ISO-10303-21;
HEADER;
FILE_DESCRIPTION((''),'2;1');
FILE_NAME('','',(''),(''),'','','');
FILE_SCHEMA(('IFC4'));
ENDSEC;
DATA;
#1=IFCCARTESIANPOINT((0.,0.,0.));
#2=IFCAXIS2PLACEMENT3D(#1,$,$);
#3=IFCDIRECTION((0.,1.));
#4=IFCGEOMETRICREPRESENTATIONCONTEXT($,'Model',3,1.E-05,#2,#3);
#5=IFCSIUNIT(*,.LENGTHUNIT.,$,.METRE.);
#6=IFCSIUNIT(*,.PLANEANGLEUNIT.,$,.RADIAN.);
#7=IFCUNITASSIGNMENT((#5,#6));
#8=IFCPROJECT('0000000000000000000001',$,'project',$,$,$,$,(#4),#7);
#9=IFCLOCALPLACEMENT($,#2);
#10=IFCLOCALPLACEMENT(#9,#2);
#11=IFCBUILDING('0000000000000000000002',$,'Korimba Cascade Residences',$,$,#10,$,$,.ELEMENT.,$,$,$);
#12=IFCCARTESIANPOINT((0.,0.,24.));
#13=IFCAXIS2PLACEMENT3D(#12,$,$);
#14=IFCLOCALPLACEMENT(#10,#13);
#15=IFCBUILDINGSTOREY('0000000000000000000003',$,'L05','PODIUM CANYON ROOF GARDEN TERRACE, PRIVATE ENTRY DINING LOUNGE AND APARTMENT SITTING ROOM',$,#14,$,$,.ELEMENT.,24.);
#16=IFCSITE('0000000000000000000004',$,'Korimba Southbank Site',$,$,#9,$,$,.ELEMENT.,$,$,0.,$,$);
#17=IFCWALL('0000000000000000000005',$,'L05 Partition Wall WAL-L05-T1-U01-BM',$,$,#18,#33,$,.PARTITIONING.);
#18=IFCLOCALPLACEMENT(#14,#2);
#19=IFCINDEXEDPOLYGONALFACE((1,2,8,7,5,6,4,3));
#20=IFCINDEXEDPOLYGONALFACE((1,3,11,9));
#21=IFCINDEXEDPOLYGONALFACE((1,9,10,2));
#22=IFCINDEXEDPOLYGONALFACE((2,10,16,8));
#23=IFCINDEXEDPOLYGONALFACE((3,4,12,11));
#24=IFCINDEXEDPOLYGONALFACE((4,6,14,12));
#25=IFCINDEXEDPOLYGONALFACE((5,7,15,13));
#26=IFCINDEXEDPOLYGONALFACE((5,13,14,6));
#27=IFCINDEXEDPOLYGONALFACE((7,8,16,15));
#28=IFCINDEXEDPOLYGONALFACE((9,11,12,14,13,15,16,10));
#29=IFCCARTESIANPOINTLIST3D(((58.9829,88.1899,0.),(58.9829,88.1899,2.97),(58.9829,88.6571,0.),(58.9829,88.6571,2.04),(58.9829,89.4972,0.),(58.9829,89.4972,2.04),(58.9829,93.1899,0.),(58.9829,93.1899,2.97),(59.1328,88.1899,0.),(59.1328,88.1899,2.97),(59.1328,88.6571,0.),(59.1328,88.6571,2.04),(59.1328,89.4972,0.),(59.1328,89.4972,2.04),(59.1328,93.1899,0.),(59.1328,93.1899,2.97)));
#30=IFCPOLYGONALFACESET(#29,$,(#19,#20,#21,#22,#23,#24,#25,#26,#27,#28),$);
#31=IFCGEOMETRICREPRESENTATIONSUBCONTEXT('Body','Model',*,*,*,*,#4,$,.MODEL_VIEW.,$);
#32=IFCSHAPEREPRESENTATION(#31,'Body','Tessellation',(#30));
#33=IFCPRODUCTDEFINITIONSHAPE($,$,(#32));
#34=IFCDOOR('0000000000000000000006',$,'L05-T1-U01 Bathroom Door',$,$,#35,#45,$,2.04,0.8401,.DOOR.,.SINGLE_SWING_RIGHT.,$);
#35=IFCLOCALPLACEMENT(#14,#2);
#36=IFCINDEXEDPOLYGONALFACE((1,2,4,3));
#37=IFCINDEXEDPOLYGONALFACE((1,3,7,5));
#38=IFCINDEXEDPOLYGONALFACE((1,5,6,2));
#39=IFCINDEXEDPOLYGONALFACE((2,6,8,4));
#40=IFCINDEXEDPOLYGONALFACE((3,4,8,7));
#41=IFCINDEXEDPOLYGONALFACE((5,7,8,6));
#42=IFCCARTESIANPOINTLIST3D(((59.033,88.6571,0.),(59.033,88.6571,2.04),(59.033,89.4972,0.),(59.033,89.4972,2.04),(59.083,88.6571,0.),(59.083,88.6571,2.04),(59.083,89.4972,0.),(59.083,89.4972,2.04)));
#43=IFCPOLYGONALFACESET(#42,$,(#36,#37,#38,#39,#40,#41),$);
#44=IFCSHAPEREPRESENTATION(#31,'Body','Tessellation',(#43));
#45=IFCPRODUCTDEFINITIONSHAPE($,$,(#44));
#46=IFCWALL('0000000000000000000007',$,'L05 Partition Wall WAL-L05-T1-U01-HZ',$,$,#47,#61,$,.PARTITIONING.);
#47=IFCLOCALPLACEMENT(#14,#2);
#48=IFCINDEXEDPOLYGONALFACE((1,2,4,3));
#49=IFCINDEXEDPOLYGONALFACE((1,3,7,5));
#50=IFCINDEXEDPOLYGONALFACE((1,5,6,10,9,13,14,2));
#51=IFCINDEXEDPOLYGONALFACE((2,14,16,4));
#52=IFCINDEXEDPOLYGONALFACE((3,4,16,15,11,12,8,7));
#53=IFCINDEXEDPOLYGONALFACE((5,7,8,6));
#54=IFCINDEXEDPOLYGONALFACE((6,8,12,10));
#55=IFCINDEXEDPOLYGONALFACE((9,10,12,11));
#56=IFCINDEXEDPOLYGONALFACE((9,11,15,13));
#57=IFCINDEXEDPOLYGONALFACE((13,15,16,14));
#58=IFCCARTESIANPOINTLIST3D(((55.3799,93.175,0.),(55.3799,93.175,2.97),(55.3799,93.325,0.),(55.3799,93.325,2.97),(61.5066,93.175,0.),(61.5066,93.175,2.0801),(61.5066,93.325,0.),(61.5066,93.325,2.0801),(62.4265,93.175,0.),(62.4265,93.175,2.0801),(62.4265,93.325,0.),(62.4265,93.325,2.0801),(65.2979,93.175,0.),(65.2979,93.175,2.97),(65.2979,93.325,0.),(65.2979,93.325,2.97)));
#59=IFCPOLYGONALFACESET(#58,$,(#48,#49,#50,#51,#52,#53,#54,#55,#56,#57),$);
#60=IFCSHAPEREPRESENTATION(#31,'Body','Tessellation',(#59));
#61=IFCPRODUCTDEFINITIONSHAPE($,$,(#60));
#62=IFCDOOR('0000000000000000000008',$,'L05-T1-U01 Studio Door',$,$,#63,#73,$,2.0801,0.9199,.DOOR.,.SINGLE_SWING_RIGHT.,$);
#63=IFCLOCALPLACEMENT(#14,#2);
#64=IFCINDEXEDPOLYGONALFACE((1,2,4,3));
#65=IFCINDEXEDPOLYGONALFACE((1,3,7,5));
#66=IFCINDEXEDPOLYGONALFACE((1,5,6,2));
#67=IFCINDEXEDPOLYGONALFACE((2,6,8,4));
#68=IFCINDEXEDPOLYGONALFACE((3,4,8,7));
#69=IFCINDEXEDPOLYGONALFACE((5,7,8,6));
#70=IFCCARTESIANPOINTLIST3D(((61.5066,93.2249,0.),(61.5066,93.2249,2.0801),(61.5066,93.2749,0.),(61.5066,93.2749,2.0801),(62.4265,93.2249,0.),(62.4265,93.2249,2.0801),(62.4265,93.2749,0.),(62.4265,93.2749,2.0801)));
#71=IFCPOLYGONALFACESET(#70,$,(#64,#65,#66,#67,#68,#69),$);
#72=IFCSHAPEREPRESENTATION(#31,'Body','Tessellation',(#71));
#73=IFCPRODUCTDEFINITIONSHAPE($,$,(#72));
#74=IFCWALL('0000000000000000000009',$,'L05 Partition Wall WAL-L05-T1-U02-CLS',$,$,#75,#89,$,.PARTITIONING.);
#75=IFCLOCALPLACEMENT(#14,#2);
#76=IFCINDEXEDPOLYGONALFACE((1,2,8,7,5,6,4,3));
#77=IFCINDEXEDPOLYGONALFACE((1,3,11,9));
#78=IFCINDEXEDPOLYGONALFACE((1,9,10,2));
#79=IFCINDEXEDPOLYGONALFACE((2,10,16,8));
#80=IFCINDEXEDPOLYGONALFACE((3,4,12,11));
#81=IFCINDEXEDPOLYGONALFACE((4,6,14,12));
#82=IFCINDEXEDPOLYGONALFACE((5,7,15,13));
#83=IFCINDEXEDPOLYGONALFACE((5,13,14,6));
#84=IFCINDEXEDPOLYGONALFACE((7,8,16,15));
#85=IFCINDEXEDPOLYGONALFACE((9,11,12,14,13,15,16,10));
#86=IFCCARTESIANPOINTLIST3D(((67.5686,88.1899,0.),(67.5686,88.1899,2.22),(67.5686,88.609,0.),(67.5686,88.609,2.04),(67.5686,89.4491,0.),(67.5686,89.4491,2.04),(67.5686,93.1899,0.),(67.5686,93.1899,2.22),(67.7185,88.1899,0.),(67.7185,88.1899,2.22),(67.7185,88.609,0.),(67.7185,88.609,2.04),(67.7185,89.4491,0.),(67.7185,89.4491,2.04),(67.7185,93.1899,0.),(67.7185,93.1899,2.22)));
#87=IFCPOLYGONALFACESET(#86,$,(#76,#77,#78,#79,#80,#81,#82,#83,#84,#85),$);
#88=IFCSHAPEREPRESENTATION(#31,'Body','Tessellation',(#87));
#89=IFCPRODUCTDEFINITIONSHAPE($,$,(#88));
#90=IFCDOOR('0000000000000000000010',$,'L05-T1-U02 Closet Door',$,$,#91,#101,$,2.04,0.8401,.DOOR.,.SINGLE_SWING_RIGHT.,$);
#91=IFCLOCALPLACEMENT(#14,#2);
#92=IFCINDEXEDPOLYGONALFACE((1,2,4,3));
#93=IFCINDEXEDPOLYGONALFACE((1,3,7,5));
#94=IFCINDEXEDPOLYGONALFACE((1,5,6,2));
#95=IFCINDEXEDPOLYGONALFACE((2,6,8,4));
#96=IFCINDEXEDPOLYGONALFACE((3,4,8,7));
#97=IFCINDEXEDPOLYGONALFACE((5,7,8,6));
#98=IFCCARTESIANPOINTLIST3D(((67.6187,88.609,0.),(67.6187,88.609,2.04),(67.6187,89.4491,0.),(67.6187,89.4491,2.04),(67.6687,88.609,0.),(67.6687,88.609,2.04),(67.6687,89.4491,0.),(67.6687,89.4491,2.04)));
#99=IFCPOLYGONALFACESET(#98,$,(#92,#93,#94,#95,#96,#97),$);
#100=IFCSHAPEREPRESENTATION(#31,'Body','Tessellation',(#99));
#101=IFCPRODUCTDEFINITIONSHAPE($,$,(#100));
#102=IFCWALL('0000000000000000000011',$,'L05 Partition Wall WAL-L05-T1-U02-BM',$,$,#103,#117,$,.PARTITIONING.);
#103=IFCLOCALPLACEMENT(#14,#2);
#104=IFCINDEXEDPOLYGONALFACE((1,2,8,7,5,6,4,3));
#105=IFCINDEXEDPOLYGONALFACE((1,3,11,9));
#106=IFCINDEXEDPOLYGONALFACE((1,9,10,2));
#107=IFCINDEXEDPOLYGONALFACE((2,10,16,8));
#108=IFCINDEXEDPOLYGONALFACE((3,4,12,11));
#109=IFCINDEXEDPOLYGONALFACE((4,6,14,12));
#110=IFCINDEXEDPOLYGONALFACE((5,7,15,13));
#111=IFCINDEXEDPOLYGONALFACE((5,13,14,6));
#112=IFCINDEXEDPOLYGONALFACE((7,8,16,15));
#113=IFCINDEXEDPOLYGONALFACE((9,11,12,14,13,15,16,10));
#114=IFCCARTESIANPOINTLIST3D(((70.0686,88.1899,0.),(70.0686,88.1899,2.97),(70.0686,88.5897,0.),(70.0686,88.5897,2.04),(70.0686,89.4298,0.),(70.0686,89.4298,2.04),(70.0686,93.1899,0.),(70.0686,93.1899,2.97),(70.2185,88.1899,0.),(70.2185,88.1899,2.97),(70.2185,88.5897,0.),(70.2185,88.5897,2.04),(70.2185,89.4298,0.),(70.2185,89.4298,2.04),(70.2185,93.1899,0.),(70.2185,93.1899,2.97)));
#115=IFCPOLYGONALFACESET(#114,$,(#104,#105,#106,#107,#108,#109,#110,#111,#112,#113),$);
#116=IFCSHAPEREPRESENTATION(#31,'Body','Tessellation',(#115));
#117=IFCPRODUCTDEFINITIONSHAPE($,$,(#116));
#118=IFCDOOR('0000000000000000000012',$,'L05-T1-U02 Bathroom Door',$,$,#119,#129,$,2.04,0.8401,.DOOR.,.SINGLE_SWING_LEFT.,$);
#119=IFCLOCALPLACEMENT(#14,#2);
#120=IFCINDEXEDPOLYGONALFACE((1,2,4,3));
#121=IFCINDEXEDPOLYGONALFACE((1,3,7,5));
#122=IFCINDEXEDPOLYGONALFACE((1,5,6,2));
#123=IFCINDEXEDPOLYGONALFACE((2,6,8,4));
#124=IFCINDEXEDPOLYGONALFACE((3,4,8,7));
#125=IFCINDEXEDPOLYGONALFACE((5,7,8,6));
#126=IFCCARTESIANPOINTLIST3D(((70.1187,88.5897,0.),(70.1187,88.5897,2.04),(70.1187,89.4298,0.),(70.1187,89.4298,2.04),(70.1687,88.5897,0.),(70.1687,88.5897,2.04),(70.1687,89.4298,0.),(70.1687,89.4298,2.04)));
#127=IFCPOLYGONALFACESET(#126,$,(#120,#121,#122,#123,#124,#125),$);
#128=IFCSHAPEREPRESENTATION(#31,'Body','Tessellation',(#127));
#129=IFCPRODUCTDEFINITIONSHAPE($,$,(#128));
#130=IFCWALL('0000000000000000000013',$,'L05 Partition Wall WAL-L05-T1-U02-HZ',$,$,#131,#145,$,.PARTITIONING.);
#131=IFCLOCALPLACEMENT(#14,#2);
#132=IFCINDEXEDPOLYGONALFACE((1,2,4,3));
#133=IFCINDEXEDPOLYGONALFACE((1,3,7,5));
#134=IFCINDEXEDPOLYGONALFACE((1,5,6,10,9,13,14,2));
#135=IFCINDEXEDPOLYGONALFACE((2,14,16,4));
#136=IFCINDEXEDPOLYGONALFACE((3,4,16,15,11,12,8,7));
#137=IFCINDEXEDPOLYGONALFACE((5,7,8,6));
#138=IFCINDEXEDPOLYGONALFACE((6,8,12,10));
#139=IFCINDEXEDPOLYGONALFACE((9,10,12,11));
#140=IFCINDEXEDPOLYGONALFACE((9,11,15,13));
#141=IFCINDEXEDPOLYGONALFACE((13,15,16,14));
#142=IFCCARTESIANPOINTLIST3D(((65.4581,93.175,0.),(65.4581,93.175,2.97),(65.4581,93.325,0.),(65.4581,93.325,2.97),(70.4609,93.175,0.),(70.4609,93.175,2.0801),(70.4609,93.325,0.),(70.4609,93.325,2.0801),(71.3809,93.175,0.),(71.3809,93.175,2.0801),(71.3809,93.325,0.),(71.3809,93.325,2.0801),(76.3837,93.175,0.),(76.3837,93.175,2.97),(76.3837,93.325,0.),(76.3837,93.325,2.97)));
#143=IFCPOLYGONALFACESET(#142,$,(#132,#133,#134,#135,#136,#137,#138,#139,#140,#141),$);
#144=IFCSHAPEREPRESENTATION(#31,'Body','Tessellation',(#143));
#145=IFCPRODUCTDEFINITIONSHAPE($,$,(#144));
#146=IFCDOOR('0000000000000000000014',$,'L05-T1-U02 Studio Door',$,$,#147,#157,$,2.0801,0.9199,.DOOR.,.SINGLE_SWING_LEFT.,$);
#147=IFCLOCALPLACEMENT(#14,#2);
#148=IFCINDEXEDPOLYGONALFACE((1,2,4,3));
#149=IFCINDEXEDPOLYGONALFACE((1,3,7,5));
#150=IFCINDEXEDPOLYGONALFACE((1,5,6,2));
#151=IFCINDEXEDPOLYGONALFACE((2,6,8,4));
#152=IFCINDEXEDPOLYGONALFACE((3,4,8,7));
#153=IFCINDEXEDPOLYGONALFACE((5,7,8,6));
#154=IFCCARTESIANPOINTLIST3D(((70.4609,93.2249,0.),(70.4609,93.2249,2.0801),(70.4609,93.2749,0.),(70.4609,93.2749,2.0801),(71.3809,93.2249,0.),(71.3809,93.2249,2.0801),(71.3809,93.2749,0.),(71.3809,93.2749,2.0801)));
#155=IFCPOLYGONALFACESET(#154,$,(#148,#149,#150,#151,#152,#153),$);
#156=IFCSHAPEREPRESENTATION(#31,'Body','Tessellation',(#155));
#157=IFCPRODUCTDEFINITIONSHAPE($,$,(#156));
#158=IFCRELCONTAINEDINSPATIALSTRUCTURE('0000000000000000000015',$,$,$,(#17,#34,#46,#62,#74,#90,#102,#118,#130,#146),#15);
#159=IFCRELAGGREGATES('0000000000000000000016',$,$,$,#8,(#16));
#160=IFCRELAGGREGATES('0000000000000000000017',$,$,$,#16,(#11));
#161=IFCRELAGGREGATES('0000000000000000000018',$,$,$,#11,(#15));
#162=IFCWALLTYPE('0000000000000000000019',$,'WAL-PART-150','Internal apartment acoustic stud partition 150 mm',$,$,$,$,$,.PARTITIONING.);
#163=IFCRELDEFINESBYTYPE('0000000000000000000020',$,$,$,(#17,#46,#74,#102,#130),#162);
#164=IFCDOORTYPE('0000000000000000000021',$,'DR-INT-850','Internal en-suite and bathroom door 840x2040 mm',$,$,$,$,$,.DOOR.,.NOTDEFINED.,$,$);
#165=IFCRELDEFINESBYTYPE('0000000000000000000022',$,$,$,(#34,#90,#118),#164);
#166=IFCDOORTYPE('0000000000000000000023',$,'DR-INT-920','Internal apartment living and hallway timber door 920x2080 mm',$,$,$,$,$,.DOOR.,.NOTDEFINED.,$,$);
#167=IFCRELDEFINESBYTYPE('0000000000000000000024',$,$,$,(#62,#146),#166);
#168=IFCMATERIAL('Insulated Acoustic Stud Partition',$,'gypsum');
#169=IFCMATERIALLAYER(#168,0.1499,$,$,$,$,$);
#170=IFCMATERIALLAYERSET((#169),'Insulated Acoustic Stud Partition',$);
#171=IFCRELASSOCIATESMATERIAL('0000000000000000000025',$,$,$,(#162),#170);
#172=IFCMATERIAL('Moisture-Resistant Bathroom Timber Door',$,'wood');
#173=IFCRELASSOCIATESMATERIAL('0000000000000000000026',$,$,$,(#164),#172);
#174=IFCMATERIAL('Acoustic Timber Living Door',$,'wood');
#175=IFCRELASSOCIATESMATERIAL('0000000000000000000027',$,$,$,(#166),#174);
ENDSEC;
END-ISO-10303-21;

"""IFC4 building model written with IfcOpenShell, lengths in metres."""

from ifc_helpers import new_model, si_unit, direction, frame, frame_2d, origin, place, context, subcontext, project, spatial, rectangle, extrude, material, layer, layer_set, type_object, element, fill, save


model = new_model("IFC4")

# Units and contexts
model_context = context("Model", 3, precision=1e-05, world=origin(), true_north=direction((0.0, 1.0)))
body_context = subcontext(model_context, "Body", "Model", "MODEL_VIEW")
ifc_project = project(units=[si_unit("LENGTHUNIT", "METRE"), si_unit("PLANEANGLEUNIT", "RADIAN")], contexts=[model_context])

# Site, building, storey
site_placement = place(None, origin())
site = spatial("IfcSite", under=ifc_project, at=site_placement, Name="Korimba Southbank Site", CompositionType="ELEMENT", RefElevation=0.0)
building_placement = place(site_placement, origin())
building = spatial("IfcBuilding", under=site, at=building_placement, Name="Korimba Cascade Residences", CompositionType="ELEMENT")
storey_placement = place(building_placement, frame((0.0, 0.0, 24.0)))
storey = spatial("IfcBuildingStorey", under=building, at=storey_placement, Name="L05", Description="PODIUM CANYON ROOF GARDEN TERRACE, PRIVATE ENTRY DINING LOUNGE AND APARTMENT SITTING ROOM", CompositionType="ELEMENT", Elevation=24.0)

# Walls, openings, doors
ifc_material_1 = material(Name="Insulated Acoustic Stud Partition", Category="gypsum")
ifc_layer_1 = layer(ifc_material_1, 0.1499)
ifc_layer_set_1 = layer_set([ifc_layer_1], Name="Insulated Acoustic Stud Partition")
wall_type_1 = type_object("IfcWallType", Name="WAL-PART-150", Description="Internal apartment acoustic stud partition 150 mm", PredefinedType="PARTITIONING", material=ifc_layer_set_1)
wall_1_placement = place(storey_placement, frame((59.0579, 88.1899, 0.0), z_axis=(0.0, 0.0, 1.0), x_axis=(0.0, 1.0, 0.0)))
wall_1 = element("IfcWall", 1, at=wall_1_placement, inside=storey, type_object=wall_type_1, Name="L05 Partition Wall WAL-L05-T1-U01-BM", PredefinedType="PARTITIONING", context=body_context, shape_type="SweptSolid", body=[
    extrude(rectangle(XDim=5.0, YDim=0.1499, at=frame_2d((2.5, 0.0))), origin(), (0.0, 0.0, 1.0), 2.97),
])
opening_1_placement = place(wall_1_placement, frame((0.4673, 0.0, 0.0)))
opening_1 = element("IfcOpeningElement", 2, at=opening_1_placement, cuts=wall_1, PredefinedType="OPENING", context=body_context, shape_type="SweptSolid", body=[
    extrude(rectangle(XDim=0.8401, YDim=2.04, at=frame_2d((0.4199, 1.02))), frame((0.0, 0.085, 0.0), z_axis=(0.0, -1.0, 0.0), x_axis=(1.0, 0.0, 0.0)), (0.0, 0.0, 1.0), 0.1699),
])
ifc_material_2 = material(Name="Moisture-Resistant Bathroom Timber Door", Category="wood")
door_type_1 = type_object("IfcDoorType", Name="DR-INT-850", Description="Internal en-suite and bathroom door 840x2040 mm", OperationType="NOTDEFINED", PredefinedType="DOOR", material=ifc_material_2)
door_1_placement = place(opening_1_placement, origin())
door_1 = element("IfcDoor", 3, at=door_1_placement, inside=storey, type_object=door_type_1, Name="L05-T1-U01 Bathroom Door", OperationType="SINGLE_SWING_RIGHT", OverallHeight=2.04, OverallWidth=0.8401, PredefinedType="DOOR", context=body_context, shape_type="SweptSolid", body=[
    extrude(rectangle(XDim=0.8401, YDim=2.04, at=frame_2d((0.4199, 1.02))), frame((0.0, 0.0249, 0.0), z_axis=(0.0, -1.0, 0.0), x_axis=(1.0, 0.0, 0.0)), (0.0, 0.0, 1.0), 0.05),
])
fill(opening_1, door_1)
wall_2_placement = place(storey_placement, frame((55.3799, 93.25, 0.0), z_axis=(0.0, 0.0, 1.0), x_axis=(1.0, 0.0, 0.0)))
wall_2 = element("IfcWall", 4, at=wall_2_placement, inside=storey, type_object=wall_type_1, Name="L05 Partition Wall WAL-L05-T1-U01-HZ", PredefinedType="PARTITIONING", context=body_context, shape_type="SweptSolid", body=[
    extrude(rectangle(XDim=9.918, YDim=0.1499, at=frame_2d((4.959, 0.0))), origin(), (0.0, 0.0, 1.0), 2.97),
])
opening_2_placement = place(wall_2_placement, frame((6.1267, 0.0, 0.0)))
opening_2 = element("IfcOpeningElement", 5, at=opening_2_placement, cuts=wall_2, PredefinedType="OPENING", context=body_context, shape_type="SweptSolid", body=[
    extrude(rectangle(XDim=0.9199, YDim=2.0801, at=frame_2d((0.46, 1.04))), frame((0.0, 0.085, 0.0), z_axis=(0.0, -1.0, 0.0), x_axis=(1.0, 0.0, 0.0)), (0.0, 0.0, 1.0), 0.1699),
])
ifc_material_3 = material(Name="Acoustic Timber Living Door", Category="wood")
door_type_2 = type_object("IfcDoorType", Name="DR-INT-920", Description="Internal apartment living and hallway timber door 920x2080 mm", OperationType="NOTDEFINED", PredefinedType="DOOR", material=ifc_material_3)
door_2_placement = place(opening_2_placement, origin())
door_2 = element("IfcDoor", 6, at=door_2_placement, inside=storey, type_object=door_type_2, Name="L05-T1-U01 Studio Door", OperationType="SINGLE_SWING_RIGHT", OverallHeight=2.0801, OverallWidth=0.9199, PredefinedType="DOOR", context=body_context, shape_type="SweptSolid", body=[
    extrude(rectangle(XDim=0.9199, YDim=2.0801, at=frame_2d((0.46, 1.04))), frame((0.0, 0.0249, 0.0), z_axis=(0.0, -1.0, 0.0), x_axis=(1.0, 0.0, 0.0)), (0.0, 0.0, 1.0), 0.05),
])
fill(opening_2, door_2)
wall_3_placement = place(storey_placement, frame((67.6436, 88.1899, 0.0), z_axis=(0.0, 0.0, 1.0), x_axis=(0.0, 1.0, 0.0)))
wall_3 = element("IfcWall", 7, at=wall_3_placement, inside=storey, type_object=wall_type_1, Name="L05 Partition Wall WAL-L05-T1-U02-CLS", PredefinedType="PARTITIONING", context=body_context, shape_type="SweptSolid", body=[
    extrude(rectangle(XDim=5.0, YDim=0.1499, at=frame_2d((2.5, 0.0))), origin(), (0.0, 0.0, 1.0), 2.22),
])
opening_3_placement = place(wall_3_placement, frame((0.4192, 0.0, 0.0)))
opening_3 = element("IfcOpeningElement", 8, at=opening_3_placement, cuts=wall_3, PredefinedType="OPENING", context=body_context, shape_type="SweptSolid", body=[
    extrude(rectangle(XDim=0.8401, YDim=2.04, at=frame_2d((0.4199, 1.02))), frame((0.0, 0.085, 0.0), z_axis=(0.0, -1.0, 0.0), x_axis=(1.0, 0.0, 0.0)), (0.0, 0.0, 1.0), 0.1699),
])
door_3_placement = place(opening_3_placement, origin())
door_3 = element("IfcDoor", 9, at=door_3_placement, inside=storey, type_object=door_type_1, Name="L05-T1-U02 Closet Door", OperationType="SINGLE_SWING_RIGHT", OverallHeight=2.04, OverallWidth=0.8401, PredefinedType="DOOR", context=body_context, shape_type="SweptSolid", body=[
    extrude(rectangle(XDim=0.8401, YDim=2.04, at=frame_2d((0.4199, 1.02))), frame((0.0, 0.0249, 0.0), z_axis=(0.0, -1.0, 0.0), x_axis=(1.0, 0.0, 0.0)), (0.0, 0.0, 1.0), 0.05),
])
fill(opening_3, door_3)
wall_4_placement = place(storey_placement, frame((70.1436, 88.1899, 0.0), z_axis=(0.0, 0.0, 1.0), x_axis=(0.0, 1.0, 0.0)))
wall_4 = element("IfcWall", 10, at=wall_4_placement, inside=storey, type_object=wall_type_1, Name="L05 Partition Wall WAL-L05-T1-U02-BM", PredefinedType="PARTITIONING", context=body_context, shape_type="SweptSolid", body=[
    extrude(rectangle(XDim=5.0, YDim=0.1499, at=frame_2d((2.5, 0.0))), origin(), (0.0, 0.0, 1.0), 2.97),
])
opening_4_placement = place(wall_4_placement, frame((0.3999, 0.0, 0.0)))
opening_4 = element("IfcOpeningElement", 11, at=opening_4_placement, cuts=wall_4, PredefinedType="OPENING", context=body_context, shape_type="SweptSolid", body=[
    extrude(rectangle(XDim=0.8401, YDim=2.04, at=frame_2d((0.4199, 1.02))), frame((0.0, 0.085, 0.0), z_axis=(0.0, -1.0, 0.0), x_axis=(1.0, 0.0, 0.0)), (0.0, 0.0, 1.0), 0.1699),
])
door_4_placement = place(opening_4_placement, origin())
door_4 = element("IfcDoor", 12, at=door_4_placement, inside=storey, type_object=door_type_1, Name="L05-T1-U02 Bathroom Door", OperationType="SINGLE_SWING_LEFT", OverallHeight=2.04, OverallWidth=0.8401, PredefinedType="DOOR", context=body_context, shape_type="SweptSolid", body=[
    extrude(rectangle(XDim=0.8401, YDim=2.04, at=frame_2d((0.4199, 1.02))), frame((0.0, 0.0249, 0.0), z_axis=(0.0, -1.0, 0.0), x_axis=(1.0, 0.0, 0.0)), (0.0, 0.0, 1.0), 0.05),
])
fill(opening_4, door_4)
wall_5_placement = place(storey_placement, frame((65.458, 93.25, 0.0), z_axis=(0.0, 0.0, 1.0), x_axis=(1.0, 0.0, 0.0)))
wall_5 = element("IfcWall", 13, at=wall_5_placement, inside=storey, type_object=wall_type_1, Name="L05 Partition Wall WAL-L05-T1-U02-HZ", PredefinedType="PARTITIONING", context=body_context, shape_type="SweptSolid", body=[
    extrude(rectangle(XDim=10.9255, YDim=0.1499, at=frame_2d((5.4629, 0.0))), origin(), (0.0, 0.0, 1.0), 2.97),
])
opening_5_placement = place(wall_5_placement, frame((5.0029, 0.0, 0.0)))
opening_5 = element("IfcOpeningElement", 14, at=opening_5_placement, cuts=wall_5, PredefinedType="OPENING", context=body_context, shape_type="SweptSolid", body=[
    extrude(rectangle(XDim=0.9199, YDim=2.0801, at=frame_2d((0.46, 1.04))), frame((0.0, 0.085, 0.0), z_axis=(0.0, -1.0, 0.0), x_axis=(1.0, 0.0, 0.0)), (0.0, 0.0, 1.0), 0.1699),
])
door_5_placement = place(opening_5_placement, origin())
door_5 = element("IfcDoor", 15, at=door_5_placement, inside=storey, type_object=door_type_2, Name="L05-T1-U02 Studio Door", OperationType="SINGLE_SWING_LEFT", OverallHeight=2.0801, OverallWidth=0.9199, PredefinedType="DOOR", context=body_context, shape_type="SweptSolid", body=[
    extrude(rectangle(XDim=0.9199, YDim=2.0801, at=frame_2d((0.46, 1.04))), frame((0.0, 0.0249, 0.0), z_axis=(0.0, -1.0, 0.0), x_axis=(1.0, 0.0, 0.0)), (0.0, 0.0, 1.0), 0.05),
])
fill(opening_5, door_5)

save(model, "model.ifc")
